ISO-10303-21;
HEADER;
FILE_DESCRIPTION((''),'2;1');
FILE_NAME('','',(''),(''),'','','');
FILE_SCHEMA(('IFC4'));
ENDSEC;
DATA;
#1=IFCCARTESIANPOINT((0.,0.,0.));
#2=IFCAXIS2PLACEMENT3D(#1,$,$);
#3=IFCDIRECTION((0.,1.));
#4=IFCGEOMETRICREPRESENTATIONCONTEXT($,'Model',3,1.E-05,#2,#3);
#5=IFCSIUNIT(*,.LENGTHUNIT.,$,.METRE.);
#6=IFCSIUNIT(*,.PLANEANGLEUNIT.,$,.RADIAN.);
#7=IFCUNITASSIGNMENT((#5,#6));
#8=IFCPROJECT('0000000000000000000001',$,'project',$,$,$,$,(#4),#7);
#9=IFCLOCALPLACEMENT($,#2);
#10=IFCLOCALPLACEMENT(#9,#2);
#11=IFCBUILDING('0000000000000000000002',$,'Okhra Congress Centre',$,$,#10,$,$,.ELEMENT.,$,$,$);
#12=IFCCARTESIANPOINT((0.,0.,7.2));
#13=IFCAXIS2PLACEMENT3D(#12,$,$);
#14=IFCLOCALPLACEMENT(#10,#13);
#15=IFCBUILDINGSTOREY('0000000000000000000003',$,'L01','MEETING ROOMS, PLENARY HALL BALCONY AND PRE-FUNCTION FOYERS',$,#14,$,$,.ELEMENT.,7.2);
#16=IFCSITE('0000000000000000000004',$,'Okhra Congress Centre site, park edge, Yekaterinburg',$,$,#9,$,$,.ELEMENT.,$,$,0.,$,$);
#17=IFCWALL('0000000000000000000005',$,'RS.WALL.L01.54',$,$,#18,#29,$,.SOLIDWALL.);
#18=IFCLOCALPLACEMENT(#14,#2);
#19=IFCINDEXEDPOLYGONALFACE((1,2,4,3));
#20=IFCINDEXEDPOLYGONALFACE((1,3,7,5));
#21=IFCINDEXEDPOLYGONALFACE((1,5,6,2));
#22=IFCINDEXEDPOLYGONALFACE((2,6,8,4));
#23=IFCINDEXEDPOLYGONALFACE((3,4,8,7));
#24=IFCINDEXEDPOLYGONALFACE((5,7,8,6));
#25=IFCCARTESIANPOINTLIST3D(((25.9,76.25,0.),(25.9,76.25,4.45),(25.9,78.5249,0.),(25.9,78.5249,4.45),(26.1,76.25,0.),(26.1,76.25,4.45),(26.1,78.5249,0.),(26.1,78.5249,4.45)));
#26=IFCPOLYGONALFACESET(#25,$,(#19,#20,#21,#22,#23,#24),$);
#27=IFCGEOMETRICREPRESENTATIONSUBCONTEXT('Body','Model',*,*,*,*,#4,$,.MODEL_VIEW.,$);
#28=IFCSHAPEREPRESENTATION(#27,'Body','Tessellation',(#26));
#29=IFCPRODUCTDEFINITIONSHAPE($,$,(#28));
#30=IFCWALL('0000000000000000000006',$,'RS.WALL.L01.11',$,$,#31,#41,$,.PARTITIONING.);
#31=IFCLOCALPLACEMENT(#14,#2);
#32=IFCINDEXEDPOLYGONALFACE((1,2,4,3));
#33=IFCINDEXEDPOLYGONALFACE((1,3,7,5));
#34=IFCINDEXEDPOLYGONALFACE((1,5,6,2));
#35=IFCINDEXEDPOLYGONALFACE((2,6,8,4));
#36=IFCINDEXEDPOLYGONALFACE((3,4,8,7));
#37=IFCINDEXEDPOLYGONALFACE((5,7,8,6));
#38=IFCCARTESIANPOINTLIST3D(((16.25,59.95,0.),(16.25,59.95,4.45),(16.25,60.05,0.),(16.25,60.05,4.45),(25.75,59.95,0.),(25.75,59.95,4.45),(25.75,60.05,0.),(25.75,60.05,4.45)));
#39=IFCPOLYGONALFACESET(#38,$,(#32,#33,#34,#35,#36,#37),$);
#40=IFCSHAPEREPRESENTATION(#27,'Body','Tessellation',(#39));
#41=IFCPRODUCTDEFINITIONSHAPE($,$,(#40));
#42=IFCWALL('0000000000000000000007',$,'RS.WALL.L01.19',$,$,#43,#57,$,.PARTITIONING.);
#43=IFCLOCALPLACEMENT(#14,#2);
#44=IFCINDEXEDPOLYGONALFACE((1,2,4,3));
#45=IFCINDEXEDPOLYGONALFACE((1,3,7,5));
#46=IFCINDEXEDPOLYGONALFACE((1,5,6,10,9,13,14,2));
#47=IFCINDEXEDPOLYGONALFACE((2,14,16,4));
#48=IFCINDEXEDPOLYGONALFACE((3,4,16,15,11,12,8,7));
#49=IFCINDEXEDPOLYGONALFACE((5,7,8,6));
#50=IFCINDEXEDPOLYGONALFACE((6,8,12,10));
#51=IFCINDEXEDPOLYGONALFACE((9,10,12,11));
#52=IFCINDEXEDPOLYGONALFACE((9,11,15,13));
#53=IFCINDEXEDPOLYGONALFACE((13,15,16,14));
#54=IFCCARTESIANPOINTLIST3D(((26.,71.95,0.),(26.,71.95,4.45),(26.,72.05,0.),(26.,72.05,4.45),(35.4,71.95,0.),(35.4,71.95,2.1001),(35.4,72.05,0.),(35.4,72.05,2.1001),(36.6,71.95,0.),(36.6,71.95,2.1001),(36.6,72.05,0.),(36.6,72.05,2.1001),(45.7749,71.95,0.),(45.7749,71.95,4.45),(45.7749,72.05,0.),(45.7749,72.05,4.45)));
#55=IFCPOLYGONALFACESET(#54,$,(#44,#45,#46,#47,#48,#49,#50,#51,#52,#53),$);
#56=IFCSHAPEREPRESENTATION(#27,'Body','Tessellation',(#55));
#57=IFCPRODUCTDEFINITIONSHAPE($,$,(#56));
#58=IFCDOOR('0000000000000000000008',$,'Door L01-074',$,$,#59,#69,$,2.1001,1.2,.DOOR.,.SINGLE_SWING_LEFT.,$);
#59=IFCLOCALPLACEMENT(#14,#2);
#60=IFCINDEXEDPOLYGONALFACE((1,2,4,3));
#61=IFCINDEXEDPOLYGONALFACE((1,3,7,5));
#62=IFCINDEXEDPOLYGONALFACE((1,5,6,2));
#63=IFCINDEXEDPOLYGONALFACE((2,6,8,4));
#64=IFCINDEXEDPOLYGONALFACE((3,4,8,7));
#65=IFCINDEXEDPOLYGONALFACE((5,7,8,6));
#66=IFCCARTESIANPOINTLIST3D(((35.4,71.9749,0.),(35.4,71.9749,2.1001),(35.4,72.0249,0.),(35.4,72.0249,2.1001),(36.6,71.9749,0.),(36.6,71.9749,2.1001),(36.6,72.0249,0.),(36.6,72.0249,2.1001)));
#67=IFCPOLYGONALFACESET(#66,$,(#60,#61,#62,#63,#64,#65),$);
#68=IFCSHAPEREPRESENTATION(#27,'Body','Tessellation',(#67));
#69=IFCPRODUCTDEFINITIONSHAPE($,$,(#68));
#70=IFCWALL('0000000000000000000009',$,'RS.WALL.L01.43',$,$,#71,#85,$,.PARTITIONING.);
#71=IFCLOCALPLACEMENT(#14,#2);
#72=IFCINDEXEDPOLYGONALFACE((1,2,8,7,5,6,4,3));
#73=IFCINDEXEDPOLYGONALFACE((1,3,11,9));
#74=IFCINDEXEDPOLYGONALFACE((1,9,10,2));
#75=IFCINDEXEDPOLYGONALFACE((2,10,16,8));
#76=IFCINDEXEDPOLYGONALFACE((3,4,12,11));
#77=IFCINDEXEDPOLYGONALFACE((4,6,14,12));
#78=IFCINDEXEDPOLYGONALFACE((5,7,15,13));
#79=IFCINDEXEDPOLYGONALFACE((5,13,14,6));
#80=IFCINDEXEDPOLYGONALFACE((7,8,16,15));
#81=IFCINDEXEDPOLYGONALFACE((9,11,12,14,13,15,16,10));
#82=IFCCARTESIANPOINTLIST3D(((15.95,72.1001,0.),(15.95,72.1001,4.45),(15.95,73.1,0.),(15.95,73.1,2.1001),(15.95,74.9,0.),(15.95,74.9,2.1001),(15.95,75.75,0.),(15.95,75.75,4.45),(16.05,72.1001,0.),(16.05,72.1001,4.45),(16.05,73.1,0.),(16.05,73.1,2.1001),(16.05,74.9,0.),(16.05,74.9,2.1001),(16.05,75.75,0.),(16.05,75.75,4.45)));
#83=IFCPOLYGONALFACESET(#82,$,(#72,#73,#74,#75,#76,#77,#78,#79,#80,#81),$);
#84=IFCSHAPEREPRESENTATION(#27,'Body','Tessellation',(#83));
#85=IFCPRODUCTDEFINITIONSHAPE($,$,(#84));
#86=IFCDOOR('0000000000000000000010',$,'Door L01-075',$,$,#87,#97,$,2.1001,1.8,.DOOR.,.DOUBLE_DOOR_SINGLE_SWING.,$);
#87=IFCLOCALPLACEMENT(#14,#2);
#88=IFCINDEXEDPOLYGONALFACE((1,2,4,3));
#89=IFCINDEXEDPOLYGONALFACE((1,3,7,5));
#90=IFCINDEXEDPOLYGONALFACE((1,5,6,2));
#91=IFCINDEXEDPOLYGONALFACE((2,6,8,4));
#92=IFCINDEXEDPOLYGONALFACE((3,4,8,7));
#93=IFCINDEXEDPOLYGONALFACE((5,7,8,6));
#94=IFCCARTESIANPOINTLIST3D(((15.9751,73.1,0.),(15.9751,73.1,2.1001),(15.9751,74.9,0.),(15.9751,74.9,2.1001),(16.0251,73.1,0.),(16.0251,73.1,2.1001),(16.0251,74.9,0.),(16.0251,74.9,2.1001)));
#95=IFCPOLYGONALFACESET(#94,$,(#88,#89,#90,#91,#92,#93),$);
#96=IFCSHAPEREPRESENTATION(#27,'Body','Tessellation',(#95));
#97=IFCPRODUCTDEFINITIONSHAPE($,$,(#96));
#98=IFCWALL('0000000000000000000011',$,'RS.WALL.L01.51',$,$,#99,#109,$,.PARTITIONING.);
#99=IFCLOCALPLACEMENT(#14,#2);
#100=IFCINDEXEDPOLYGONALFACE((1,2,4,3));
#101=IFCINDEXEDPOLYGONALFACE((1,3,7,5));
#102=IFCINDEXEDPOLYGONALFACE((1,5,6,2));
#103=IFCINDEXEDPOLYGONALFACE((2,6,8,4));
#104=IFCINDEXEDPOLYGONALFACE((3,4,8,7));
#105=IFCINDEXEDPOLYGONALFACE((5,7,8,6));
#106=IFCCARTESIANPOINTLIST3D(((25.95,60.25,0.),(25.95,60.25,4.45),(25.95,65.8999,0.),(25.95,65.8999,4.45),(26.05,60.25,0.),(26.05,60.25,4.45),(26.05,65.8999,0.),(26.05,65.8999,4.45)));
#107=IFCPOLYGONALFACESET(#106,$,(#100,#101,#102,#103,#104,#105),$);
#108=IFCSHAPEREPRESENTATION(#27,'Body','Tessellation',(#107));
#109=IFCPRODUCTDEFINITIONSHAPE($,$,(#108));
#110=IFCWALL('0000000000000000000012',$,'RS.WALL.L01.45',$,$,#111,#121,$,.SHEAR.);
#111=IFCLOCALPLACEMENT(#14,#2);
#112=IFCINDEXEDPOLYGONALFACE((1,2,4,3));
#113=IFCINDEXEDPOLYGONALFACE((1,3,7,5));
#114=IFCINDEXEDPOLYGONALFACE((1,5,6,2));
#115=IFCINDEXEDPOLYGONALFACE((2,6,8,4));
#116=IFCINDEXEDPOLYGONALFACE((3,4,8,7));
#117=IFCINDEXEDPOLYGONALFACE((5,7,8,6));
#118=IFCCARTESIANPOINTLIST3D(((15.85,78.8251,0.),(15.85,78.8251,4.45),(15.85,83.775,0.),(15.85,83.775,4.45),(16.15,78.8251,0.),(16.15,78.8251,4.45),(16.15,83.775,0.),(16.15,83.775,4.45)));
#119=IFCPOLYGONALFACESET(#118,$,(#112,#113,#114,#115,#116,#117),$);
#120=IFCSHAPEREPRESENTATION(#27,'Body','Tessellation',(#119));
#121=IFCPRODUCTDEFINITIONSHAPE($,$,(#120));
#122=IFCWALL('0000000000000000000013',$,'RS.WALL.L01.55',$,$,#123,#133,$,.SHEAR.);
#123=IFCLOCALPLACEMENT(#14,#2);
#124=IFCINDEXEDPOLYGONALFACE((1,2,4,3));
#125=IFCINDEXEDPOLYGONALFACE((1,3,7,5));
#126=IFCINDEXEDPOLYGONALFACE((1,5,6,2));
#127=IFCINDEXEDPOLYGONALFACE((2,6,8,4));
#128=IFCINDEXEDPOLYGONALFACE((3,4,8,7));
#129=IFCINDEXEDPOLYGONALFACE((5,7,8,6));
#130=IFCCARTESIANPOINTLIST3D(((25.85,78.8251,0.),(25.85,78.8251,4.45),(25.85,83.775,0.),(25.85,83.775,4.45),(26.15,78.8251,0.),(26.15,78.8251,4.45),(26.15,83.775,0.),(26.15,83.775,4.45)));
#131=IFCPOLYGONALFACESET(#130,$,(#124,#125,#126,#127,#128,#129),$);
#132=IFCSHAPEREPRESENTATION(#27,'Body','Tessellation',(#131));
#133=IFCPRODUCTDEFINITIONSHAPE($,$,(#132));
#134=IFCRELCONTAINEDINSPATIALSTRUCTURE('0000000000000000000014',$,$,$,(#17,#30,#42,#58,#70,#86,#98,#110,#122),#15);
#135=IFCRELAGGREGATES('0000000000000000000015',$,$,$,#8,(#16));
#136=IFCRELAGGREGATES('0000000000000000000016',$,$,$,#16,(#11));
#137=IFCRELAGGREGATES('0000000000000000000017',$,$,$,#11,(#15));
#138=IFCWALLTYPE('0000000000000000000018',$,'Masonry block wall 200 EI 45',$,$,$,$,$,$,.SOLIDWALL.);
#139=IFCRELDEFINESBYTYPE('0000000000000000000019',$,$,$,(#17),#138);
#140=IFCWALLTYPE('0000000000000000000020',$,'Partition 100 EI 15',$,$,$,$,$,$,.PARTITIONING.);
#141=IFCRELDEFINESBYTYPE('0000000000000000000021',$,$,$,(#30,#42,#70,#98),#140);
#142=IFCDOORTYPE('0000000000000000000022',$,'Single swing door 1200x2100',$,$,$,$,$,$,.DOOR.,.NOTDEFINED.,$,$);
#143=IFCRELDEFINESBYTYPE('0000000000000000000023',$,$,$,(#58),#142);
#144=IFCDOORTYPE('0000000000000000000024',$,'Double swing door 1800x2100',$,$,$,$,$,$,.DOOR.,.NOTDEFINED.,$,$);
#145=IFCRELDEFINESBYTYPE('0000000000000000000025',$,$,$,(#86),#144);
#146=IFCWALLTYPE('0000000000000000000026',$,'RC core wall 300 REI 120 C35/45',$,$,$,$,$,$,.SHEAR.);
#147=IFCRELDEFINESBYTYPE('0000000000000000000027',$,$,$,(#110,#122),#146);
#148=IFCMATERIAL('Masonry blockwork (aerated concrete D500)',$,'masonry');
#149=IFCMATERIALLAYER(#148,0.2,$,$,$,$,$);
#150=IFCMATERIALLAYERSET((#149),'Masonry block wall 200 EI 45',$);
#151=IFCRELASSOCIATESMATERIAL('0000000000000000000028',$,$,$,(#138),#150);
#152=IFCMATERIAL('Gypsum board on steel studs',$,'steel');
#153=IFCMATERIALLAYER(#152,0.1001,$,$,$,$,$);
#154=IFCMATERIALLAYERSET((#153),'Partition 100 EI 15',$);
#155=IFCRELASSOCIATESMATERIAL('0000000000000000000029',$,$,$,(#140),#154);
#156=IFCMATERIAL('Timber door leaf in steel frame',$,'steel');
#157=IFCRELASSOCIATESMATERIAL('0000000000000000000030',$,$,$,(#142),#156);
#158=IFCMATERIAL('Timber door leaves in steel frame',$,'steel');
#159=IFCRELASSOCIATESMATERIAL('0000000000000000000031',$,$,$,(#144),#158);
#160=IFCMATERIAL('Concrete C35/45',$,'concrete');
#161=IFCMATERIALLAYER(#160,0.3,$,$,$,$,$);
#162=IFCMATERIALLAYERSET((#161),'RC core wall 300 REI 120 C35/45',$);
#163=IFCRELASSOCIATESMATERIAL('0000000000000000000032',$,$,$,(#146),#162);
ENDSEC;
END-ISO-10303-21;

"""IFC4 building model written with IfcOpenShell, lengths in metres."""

from ifc_helpers import new_model, si_unit, direction, frame, frame_2d, origin, place, context, subcontext, project, spatial, rectangle, extrude, material, layer, layer_set, type_object, element, fill, save


model = new_model("IFC4")

# Units and contexts
model_context = context("Model", 3, precision=1e-05, world=origin(), true_north=direction((0.0, 1.0)))
body_context = subcontext(model_context, "Body", "Model", "MODEL_VIEW")
ifc_project = project(units=[si_unit("LENGTHUNIT", "METRE"), si_unit("PLANEANGLEUNIT", "RADIAN")], contexts=[model_context])

# Site, building, storey
site_placement = place(None, origin())
site = spatial("IfcSite", under=ifc_project, at=site_placement, Name="Okhra Congress Centre site, park edge, Yekaterinburg", CompositionType="ELEMENT", RefElevation=0.0)
building_placement = place(site_placement, origin())
building = spatial("IfcBuilding", under=site, at=building_placement, Name="Okhra Congress Centre", CompositionType="ELEMENT")
storey_placement = place(building_placement, frame((0.0, 0.0, 7.2)))
storey = spatial("IfcBuildingStorey", under=building, at=storey_placement, Name="L01", Description="MEETING ROOMS, PLENARY HALL BALCONY AND PRE-FUNCTION FOYERS", CompositionType="ELEMENT", Elevation=7.2)

# Shared definitions
ifc_material_1 = material(Name="Concrete C35/45", Category="concrete")

# Shared definitions
ifc_material_2 = material(Name="Masonry blockwork (aerated concrete D500)", Category="masonry")
ifc_layer_1 = layer(ifc_material_2, 0.2)
ifc_layer_set_1 = layer_set([ifc_layer_1], Name="Masonry block wall 200 EI 45")
wall_type_1 = type_object("IfcWallType", Name="Masonry block wall 200 EI 45", PredefinedType="SOLIDWALL", material=ifc_layer_set_1)

# Walls
wall_1_placement = place(storey_placement, frame((26.0, 76.25, 0.0), z_axis=(0.0, 0.0, 1.0), x_axis=(0.0, 1.0, 0.0)))
element("IfcWall", 1, at=wall_1_placement, inside=storey, type_object=wall_type_1, Name="RS.WALL.L01.54", PredefinedType="SOLIDWALL", context=body_context, shape_type="SweptSolid", body=[
    extrude(rectangle(XDim=2.2749, YDim=0.2, at=frame_2d((1.1375, 0.0))), origin(), (0.0, 0.0, 1.0), 4.45),
])
ifc_material_3 = material(Name="Gypsum board on steel studs", Category="steel")
ifc_layer_2 = layer(ifc_material_3, 0.1001)
ifc_layer_set_2 = layer_set([ifc_layer_2], Name="Partition 100 EI 15")
wall_type_2 = type_object("IfcWallType", Name="Partition 100 EI 15", PredefinedType="PARTITIONING", material=ifc_layer_set_2)
wall_2_placement = place(storey_placement, frame((16.25, 60.0, 0.0), z_axis=(0.0, 0.0, 1.0), x_axis=(1.0, 0.0, 0.0)))
element("IfcWall", 2, at=wall_2_placement, inside=storey, type_object=wall_type_2, Name="RS.WALL.L01.11", PredefinedType="PARTITIONING", context=body_context, shape_type="SweptSolid", body=[
    extrude(rectangle(XDim=9.5, YDim=0.1001, at=frame_2d((4.75, 0.0))), origin(), (0.0, 0.0, 1.0), 4.45),
])

# Walls, openings, doors
wall_3_placement = place(storey_placement, frame((26.0, 72.0, 0.0), z_axis=(0.0, 0.0, 1.0), x_axis=(1.0, 0.0, 0.0)))
wall_3 = element("IfcWall", 3, at=wall_3_placement, inside=storey, type_object=wall_type_2, Name="RS.WALL.L01.19", PredefinedType="PARTITIONING", context=body_context, shape_type="SweptSolid", body=[
    extrude(rectangle(XDim=19.7749, YDim=0.1001, at=frame_2d((9.8875, 0.0))), origin(), (0.0, 0.0, 1.0), 4.45),
])
opening_1_placement = place(wall_3_placement, frame((9.3999, 0.0, 0.0)))
opening_1 = element("IfcOpeningElement", 4, at=opening_1_placement, cuts=wall_3, PredefinedType="OPENING", context=body_context, shape_type="SweptSolid", body=[
    extrude(rectangle(XDim=1.2, YDim=2.1001, at=frame_2d((0.6001, 1.05))), frame((0.0, 0.0601, 0.0), z_axis=(0.0, -1.0, 0.0), x_axis=(1.0, 0.0, 0.0)), (0.0, 0.0, 1.0), 0.1201),
])
ifc_material_4 = material(Name="Timber door leaf in steel frame", Category="steel")
door_type_1 = type_object("IfcDoorType", Name="Single swing door 1200x2100", OperationType="NOTDEFINED", PredefinedType="DOOR", material=ifc_material_4)
door_1_placement = place(opening_1_placement, origin())
door_1 = element("IfcDoor", 5, at=door_1_placement, inside=storey, type_object=door_type_1, Name="Door L01-074", OperationType="SINGLE_SWING_LEFT", OverallHeight=2.1001, OverallWidth=1.2, PredefinedType="DOOR", context=body_context, shape_type="SweptSolid", body=[
    extrude(rectangle(XDim=1.2, YDim=2.1001, at=frame_2d((0.6001, 1.05))), frame((0.0, 0.0249, 0.0), z_axis=(0.0, -1.0, 0.0), x_axis=(1.0, 0.0, 0.0)), (0.0, 0.0, 1.0), 0.05),
])
fill(opening_1, door_1)
wall_4_placement = place(storey_placement, frame((16.0, 72.1001, 0.0), z_axis=(0.0, 0.0, 1.0), x_axis=(0.0, 1.0, 0.0)))
wall_4 = element("IfcWall", 6, at=wall_4_placement, inside=storey, type_object=wall_type_2, Name="RS.WALL.L01.43", PredefinedType="PARTITIONING", context=body_context, shape_type="SweptSolid", body=[
    extrude(rectangle(XDim=3.6499, YDim=0.1001, at=frame_2d((1.825, 0.0))), origin(), (0.0, 0.0, 1.0), 4.45),
])
opening_2_placement = place(wall_4_placement, frame((1.0, 0.0, 0.0)))
opening_2 = element("IfcOpeningElement", 7, at=opening_2_placement, cuts=wall_4, PredefinedType="OPENING", context=body_context, shape_type="SweptSolid", body=[
    extrude(rectangle(XDim=1.8, YDim=2.1001, at=frame_2d((0.8999, 1.05))), frame((0.0, 0.0601, 0.0), z_axis=(0.0, -1.0, 0.0), x_axis=(1.0, 0.0, 0.0)), (0.0, 0.0, 1.0), 0.1201),
])
ifc_material_5 = material(Name="Timber door leaves in steel frame", Category="steel")
door_type_2 = type_object("IfcDoorType", Name="Double swing door 1800x2100", OperationType="NOTDEFINED", PredefinedType="DOOR", material=ifc_material_5)
door_2_placement = place(opening_2_placement, origin())
door_2 = element("IfcDoor", 8, at=door_2_placement, inside=storey, type_object=door_type_2, Name="Door L01-075", OperationType="DOUBLE_DOOR_SINGLE_SWING", OverallHeight=2.1001, OverallWidth=1.8, PredefinedType="DOOR", context=body_context, shape_type="SweptSolid", body=[
    extrude(rectangle(XDim=1.8, YDim=2.1001, at=frame_2d((0.8999, 1.05))), frame((0.0, 0.0249, 0.0), z_axis=(0.0, -1.0, 0.0), x_axis=(1.0, 0.0, 0.0)), (0.0, 0.0, 1.0), 0.05),
])
fill(opening_2, door_2)

# Walls
wall_5_placement = place(storey_placement, frame((26.0, 60.25, 0.0), z_axis=(0.0, 0.0, 1.0), x_axis=(0.0, 1.0, 0.0)))
element("IfcWall", 9, at=wall_5_placement, inside=storey, type_object=wall_type_2, Name="RS.WALL.L01.51", PredefinedType="PARTITIONING", context=body_context, shape_type="SweptSolid", body=[
    extrude(rectangle(XDim=5.6499, YDim=0.1001, at=frame_2d((2.825, 0.0))), origin(), (0.0, 0.0, 1.0), 4.45),
])
ifc_layer_3 = layer(ifc_material_1, 0.3)
ifc_layer_set_3 = layer_set([ifc_layer_3], Name="RC core wall 300 REI 120 C35/45")
wall_type_3 = type_object("IfcWallType", Name="RC core wall 300 REI 120 C35/45", PredefinedType="SHEAR", material=ifc_layer_set_3)
for number, where, z_axis, x_axis, name in (
    (10, (16.0, 78.825, 0.0), (0.0, 0.0, 1.0), (0.0, 1.0, 0.0), "RS.WALL.L01.45"),
    (11, (26.0, 78.825, 0.0), (0.0, 0.0, 1.0), (0.0, 1.0, 0.0), "RS.WALL.L01.55"),
):
    element("IfcWall", number, at=place(storey_placement, frame(where, z_axis=z_axis, x_axis=x_axis)), inside=storey, type_object=wall_type_3, Name=name, PredefinedType="SHEAR", context=body_context, shape_type="SweptSolid", body=[
        extrude(rectangle(XDim=4.95, YDim=0.3, at=frame_2d((2.4751, 0.0))), origin(), (0.0, 0.0, 1.0), 4.45),
    ])

save(model, "model.ifc")
